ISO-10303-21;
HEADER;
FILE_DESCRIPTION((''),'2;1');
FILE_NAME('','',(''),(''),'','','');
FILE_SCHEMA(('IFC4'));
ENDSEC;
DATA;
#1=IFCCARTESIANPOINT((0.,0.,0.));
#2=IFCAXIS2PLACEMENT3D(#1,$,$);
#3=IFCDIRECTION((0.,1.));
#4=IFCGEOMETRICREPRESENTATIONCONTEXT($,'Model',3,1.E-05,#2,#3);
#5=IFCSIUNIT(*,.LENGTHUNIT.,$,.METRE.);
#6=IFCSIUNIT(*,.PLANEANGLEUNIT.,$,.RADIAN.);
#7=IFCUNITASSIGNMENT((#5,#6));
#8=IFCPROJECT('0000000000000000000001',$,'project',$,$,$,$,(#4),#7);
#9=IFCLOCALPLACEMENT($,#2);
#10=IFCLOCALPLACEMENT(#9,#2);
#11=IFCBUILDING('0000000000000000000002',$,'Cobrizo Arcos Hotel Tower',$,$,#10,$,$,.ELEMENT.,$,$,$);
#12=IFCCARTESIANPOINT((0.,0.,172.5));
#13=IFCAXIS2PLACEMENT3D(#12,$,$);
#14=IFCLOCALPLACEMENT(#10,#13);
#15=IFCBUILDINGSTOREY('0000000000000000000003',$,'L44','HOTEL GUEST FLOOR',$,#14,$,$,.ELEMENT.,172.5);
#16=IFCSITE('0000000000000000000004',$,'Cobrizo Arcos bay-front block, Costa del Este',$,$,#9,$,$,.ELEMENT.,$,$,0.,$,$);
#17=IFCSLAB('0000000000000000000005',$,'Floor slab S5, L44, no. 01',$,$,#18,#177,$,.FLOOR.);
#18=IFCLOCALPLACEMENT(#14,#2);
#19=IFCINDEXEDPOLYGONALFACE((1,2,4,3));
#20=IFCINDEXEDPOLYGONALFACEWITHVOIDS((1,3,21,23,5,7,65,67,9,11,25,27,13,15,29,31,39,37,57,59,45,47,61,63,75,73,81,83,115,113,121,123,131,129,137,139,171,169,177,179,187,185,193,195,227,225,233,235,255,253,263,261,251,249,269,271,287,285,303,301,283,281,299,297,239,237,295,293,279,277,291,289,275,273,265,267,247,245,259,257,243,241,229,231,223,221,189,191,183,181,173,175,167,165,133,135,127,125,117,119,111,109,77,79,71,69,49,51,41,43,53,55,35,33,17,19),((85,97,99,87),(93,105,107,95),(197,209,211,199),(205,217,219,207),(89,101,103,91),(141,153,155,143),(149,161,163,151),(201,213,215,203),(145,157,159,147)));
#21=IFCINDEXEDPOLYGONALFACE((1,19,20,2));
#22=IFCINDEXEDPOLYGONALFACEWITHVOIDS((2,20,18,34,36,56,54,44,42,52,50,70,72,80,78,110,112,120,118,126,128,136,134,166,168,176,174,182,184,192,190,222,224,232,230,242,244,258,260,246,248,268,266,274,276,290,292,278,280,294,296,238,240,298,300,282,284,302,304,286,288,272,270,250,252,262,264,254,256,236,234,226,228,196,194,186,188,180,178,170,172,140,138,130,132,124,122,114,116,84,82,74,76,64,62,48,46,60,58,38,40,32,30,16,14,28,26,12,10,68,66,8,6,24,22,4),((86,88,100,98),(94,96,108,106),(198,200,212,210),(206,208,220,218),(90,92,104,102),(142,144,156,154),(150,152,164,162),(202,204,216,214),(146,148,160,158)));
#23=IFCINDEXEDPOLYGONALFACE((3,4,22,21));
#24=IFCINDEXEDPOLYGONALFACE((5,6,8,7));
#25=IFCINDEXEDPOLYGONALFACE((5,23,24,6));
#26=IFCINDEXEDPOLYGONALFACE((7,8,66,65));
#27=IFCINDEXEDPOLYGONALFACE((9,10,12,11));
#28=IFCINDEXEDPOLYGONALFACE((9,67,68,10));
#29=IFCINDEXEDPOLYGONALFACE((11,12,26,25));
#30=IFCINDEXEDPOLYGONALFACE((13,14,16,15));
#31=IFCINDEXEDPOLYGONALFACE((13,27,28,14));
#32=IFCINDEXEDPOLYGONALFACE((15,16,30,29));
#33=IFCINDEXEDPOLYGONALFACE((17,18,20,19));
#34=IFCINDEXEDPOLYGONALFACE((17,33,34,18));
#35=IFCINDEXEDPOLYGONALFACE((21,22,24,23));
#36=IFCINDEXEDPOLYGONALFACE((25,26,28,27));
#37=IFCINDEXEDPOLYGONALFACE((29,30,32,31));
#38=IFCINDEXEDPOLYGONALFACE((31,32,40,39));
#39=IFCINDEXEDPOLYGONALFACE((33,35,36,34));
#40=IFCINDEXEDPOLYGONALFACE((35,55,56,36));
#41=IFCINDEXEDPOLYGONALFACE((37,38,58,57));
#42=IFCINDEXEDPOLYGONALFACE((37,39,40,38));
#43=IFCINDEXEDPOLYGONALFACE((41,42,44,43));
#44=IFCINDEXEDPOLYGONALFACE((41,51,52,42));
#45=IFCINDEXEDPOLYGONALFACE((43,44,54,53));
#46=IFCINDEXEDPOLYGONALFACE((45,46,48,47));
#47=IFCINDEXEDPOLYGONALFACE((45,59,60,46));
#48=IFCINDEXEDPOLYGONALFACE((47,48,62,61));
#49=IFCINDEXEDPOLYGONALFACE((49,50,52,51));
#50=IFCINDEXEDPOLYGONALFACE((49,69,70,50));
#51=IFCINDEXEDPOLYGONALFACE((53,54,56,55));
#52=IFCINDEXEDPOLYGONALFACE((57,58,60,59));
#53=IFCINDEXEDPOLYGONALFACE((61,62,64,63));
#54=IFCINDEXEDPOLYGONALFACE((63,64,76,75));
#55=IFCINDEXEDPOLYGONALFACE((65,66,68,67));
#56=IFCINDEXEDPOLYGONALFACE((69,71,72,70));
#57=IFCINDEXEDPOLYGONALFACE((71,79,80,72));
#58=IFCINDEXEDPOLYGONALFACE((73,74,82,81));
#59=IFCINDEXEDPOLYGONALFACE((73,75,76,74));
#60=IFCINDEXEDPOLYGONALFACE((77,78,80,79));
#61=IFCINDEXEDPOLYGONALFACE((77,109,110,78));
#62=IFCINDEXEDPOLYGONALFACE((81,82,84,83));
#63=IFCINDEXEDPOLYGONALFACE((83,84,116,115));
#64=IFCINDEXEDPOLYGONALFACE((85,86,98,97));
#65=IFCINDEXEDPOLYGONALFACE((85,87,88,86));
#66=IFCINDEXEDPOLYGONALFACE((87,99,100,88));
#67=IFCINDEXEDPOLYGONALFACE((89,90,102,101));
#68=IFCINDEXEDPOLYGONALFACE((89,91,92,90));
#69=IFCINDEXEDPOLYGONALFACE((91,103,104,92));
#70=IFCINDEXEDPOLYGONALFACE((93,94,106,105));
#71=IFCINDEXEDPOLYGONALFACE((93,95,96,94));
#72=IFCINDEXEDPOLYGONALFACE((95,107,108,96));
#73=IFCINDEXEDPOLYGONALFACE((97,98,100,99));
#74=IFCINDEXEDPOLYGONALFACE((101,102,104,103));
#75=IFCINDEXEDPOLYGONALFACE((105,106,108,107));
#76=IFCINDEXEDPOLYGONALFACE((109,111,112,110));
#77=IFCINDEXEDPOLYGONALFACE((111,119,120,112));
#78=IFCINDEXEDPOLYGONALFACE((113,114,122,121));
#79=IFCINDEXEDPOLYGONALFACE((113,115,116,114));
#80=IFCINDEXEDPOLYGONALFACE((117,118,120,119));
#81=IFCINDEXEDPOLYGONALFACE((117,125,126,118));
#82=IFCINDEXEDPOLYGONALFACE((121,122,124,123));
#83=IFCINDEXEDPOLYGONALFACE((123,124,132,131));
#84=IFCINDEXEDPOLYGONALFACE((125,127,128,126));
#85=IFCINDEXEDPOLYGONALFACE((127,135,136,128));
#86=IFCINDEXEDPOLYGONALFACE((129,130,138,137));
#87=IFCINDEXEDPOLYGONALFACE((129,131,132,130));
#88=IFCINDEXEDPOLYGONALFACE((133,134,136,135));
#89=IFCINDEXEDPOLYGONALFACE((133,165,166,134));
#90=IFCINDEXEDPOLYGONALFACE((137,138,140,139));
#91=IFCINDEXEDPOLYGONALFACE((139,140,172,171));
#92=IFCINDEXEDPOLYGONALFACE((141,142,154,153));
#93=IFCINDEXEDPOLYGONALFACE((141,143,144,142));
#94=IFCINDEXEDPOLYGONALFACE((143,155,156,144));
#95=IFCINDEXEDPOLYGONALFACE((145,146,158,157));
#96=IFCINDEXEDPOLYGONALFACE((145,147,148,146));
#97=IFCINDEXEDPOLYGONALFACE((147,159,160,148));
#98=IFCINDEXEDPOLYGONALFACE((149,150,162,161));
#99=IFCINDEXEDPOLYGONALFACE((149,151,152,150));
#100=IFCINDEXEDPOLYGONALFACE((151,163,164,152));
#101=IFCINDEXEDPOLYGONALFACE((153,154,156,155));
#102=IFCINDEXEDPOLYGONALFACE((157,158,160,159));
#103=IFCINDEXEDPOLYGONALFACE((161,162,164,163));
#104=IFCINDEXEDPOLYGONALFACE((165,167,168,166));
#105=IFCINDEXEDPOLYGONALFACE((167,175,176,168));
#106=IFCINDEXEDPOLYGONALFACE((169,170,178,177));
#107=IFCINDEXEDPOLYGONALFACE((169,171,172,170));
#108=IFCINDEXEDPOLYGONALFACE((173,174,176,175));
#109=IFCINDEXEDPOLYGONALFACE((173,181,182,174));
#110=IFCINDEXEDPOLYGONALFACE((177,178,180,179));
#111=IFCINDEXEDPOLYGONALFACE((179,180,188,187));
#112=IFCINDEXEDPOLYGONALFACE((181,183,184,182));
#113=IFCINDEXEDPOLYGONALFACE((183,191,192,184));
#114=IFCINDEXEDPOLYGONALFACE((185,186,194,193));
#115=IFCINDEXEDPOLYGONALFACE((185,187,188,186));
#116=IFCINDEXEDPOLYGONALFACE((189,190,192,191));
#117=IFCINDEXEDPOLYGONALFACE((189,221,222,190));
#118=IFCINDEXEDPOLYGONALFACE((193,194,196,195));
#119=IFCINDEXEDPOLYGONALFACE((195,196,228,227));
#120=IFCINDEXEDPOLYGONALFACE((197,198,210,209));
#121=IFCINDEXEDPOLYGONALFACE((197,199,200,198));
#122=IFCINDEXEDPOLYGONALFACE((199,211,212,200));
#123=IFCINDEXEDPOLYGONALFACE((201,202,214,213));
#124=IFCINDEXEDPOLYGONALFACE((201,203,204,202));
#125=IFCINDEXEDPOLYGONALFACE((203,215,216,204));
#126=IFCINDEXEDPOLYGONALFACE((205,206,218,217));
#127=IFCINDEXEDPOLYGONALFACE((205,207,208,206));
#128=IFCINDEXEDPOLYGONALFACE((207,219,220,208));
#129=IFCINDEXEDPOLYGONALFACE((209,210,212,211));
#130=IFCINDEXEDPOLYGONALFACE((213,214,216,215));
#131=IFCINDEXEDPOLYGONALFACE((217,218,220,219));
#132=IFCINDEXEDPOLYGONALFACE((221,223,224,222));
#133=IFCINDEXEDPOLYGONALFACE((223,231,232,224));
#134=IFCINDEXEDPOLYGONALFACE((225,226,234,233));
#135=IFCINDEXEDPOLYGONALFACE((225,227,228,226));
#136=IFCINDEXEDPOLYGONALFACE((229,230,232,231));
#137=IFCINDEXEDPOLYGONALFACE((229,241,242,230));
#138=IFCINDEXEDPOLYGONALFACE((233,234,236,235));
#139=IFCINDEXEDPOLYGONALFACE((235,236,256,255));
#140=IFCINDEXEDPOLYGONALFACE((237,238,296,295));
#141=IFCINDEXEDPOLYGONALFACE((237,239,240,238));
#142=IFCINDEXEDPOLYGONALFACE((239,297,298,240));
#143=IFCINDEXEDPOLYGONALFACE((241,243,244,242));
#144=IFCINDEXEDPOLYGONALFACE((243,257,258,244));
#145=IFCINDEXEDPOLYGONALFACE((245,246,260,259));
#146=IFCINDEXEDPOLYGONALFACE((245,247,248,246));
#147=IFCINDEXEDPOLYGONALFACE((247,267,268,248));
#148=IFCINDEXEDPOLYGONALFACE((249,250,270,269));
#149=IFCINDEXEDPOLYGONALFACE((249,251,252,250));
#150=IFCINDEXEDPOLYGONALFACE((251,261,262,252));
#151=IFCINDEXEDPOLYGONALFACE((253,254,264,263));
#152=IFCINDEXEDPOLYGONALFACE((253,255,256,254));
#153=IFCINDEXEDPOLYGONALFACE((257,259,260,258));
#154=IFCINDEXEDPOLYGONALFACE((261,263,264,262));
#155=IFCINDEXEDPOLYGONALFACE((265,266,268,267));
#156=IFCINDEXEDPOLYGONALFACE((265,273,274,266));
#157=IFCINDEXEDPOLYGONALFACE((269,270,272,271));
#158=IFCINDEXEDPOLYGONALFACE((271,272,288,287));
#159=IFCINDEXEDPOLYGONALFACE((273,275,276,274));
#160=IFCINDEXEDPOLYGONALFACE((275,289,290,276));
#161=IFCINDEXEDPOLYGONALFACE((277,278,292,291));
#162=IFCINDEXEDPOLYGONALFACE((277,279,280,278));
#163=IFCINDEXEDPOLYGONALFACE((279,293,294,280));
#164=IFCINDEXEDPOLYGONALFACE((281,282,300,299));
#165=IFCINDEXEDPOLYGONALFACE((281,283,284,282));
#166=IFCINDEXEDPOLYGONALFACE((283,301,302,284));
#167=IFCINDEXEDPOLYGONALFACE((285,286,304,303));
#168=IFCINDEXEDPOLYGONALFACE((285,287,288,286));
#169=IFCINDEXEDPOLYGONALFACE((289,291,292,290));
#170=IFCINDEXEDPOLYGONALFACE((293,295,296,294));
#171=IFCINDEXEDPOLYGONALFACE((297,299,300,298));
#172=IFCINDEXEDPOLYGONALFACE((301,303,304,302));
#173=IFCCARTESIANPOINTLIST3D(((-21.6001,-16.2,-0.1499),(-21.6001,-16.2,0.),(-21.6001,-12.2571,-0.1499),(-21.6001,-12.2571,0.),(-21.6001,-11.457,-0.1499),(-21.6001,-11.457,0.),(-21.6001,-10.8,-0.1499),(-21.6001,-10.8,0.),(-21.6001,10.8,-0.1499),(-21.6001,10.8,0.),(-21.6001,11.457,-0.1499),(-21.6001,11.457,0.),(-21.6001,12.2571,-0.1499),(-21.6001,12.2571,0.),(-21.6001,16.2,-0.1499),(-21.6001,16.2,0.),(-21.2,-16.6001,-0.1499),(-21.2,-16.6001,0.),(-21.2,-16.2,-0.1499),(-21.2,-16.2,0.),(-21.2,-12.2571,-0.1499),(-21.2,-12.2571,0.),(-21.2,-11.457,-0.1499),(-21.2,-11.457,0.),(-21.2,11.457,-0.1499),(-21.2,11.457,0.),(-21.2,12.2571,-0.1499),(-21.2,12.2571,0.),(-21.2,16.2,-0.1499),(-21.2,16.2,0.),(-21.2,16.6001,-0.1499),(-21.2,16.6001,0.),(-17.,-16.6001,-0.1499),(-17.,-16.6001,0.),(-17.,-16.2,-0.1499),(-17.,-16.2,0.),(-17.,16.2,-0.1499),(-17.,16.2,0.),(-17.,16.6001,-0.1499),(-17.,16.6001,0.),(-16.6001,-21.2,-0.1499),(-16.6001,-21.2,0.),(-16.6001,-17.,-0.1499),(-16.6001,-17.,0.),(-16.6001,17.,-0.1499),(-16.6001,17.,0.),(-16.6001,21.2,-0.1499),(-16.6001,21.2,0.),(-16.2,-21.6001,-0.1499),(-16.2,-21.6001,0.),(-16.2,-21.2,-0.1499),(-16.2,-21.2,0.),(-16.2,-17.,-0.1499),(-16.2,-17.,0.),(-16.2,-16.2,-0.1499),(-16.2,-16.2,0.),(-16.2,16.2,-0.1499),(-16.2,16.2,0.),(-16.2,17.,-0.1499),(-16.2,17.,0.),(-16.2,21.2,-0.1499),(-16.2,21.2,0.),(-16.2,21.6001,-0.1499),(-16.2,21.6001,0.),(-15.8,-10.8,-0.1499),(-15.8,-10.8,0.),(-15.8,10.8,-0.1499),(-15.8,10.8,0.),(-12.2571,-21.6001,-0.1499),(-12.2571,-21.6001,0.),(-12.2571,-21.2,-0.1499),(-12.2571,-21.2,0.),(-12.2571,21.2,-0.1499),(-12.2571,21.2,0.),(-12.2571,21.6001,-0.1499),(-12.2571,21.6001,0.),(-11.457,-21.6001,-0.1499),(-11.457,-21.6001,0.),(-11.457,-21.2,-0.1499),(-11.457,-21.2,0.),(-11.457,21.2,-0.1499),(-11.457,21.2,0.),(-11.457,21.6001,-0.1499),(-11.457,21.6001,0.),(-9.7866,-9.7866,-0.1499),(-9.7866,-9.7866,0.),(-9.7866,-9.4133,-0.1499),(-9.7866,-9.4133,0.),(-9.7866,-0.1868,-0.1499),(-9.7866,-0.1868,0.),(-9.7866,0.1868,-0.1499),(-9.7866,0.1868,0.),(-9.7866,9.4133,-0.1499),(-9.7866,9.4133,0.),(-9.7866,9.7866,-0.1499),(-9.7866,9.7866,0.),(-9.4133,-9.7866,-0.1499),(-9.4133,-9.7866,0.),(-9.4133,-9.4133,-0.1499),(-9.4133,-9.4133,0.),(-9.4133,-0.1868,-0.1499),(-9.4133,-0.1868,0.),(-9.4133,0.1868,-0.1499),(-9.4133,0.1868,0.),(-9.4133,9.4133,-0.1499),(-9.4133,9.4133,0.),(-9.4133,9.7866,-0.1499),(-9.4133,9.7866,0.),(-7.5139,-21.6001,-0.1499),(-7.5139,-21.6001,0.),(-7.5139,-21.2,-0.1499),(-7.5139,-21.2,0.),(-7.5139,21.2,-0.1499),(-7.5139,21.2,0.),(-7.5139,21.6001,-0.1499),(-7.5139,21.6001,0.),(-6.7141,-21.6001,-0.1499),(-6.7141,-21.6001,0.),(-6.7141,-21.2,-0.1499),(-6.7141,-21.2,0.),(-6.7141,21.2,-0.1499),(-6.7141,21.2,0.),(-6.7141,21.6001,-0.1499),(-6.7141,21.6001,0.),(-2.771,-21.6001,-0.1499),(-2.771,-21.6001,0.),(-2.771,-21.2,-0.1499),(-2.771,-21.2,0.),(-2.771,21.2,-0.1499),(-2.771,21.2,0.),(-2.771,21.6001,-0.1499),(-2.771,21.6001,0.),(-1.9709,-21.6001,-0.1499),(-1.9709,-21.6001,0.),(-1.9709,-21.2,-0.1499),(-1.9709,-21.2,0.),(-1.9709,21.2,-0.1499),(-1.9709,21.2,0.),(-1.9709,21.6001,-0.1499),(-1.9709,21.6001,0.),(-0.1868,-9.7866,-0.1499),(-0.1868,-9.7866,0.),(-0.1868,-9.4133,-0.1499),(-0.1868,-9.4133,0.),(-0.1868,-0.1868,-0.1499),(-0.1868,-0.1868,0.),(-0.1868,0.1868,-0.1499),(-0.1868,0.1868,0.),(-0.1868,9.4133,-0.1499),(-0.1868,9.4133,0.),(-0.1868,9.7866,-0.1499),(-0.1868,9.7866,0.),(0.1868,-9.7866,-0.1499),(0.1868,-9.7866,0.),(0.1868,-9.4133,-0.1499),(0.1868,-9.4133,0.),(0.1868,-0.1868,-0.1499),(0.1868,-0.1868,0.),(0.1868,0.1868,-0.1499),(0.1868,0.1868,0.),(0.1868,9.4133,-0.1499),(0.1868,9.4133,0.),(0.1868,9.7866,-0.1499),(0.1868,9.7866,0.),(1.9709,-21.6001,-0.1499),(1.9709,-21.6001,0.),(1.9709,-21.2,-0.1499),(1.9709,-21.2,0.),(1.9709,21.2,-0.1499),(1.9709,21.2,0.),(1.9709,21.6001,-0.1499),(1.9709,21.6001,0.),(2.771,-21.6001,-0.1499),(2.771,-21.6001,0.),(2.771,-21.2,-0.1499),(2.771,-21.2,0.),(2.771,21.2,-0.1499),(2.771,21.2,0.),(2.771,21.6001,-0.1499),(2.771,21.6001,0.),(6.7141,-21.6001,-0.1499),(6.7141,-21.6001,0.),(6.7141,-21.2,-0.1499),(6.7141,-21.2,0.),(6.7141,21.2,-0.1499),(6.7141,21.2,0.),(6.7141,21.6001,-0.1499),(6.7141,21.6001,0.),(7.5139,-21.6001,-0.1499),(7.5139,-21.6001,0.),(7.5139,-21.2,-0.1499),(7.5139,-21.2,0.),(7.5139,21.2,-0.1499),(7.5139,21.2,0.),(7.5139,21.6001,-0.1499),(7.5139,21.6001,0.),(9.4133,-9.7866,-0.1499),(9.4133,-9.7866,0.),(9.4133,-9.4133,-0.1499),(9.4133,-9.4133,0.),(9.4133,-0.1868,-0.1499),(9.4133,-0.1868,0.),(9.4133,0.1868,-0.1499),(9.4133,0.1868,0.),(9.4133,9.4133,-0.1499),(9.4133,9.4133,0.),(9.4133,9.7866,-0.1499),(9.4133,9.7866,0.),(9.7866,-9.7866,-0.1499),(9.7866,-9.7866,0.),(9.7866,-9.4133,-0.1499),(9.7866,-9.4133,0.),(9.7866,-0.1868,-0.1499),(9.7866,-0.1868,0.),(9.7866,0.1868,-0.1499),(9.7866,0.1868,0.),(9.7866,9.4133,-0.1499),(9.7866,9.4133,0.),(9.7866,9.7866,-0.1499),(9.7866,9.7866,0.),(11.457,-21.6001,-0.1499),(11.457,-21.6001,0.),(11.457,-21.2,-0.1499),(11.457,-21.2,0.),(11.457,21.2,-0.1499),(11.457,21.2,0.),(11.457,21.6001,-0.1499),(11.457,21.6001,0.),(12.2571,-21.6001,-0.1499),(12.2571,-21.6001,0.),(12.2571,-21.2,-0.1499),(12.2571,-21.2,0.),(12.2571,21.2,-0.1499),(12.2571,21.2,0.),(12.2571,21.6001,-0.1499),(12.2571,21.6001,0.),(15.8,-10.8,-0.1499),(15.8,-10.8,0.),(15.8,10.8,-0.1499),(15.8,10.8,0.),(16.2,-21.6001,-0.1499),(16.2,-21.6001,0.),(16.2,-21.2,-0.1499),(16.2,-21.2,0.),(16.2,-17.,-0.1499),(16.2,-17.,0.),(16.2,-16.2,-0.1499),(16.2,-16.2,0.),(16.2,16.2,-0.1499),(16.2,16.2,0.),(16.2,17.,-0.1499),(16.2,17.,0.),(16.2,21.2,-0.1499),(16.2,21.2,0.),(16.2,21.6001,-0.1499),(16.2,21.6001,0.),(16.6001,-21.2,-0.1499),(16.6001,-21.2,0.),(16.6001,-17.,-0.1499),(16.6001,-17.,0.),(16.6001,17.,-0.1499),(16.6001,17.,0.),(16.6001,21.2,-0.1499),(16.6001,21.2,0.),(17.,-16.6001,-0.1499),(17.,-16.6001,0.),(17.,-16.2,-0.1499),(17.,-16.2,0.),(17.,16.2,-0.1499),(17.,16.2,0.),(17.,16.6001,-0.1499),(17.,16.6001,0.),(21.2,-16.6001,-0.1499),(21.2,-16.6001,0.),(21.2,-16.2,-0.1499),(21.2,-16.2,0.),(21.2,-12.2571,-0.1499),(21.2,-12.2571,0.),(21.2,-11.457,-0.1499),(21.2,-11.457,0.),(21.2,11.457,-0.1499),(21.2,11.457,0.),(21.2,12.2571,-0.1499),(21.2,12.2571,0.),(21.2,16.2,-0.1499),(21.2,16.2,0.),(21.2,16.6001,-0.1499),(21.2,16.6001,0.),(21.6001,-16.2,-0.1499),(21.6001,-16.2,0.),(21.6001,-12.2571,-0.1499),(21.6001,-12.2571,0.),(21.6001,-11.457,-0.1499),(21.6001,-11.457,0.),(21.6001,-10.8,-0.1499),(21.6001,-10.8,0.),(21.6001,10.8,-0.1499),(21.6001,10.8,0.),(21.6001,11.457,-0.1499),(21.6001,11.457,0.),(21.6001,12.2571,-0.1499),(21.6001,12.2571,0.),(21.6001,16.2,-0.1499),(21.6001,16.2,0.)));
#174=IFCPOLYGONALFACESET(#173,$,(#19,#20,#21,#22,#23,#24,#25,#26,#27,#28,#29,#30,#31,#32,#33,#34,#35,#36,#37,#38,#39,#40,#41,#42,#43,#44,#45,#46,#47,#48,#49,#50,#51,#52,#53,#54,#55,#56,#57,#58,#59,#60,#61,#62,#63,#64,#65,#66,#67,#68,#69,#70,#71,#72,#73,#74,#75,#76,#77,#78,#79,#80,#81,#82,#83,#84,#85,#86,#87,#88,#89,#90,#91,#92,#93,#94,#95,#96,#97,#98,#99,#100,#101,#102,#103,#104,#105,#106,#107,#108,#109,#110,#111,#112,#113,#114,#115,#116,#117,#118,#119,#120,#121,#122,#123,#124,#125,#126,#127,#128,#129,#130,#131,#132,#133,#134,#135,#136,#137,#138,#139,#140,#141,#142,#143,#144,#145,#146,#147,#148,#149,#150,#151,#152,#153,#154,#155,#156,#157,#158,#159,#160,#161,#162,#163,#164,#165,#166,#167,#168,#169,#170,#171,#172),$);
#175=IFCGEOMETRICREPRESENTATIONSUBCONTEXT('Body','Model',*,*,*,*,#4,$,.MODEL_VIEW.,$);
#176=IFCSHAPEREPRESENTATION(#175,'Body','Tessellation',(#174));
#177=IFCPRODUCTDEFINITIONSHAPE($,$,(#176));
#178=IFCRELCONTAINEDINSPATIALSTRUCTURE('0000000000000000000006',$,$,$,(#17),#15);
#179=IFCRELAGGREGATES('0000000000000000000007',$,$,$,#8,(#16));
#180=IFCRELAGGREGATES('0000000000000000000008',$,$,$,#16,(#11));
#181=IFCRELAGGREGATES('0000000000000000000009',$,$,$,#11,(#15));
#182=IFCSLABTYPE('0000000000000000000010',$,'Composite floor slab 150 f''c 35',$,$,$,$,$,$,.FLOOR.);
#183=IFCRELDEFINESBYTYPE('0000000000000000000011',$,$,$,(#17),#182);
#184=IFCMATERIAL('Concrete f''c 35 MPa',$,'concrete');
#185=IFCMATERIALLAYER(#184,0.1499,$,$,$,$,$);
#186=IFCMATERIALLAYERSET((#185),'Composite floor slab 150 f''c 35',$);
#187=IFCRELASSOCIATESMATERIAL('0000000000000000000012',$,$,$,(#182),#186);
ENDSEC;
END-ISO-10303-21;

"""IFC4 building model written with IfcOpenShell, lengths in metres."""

from ifc_helpers import new_model, si_unit, direction, frame, origin, place, context, subcontext, project, spatial, polyline, outline, extrude, material, layer, layer_set, type_object, element, save


model = new_model("IFC4")

# Units and contexts
model_context = context("Model", 3, precision=1e-05, world=origin(), true_north=direction((0.0, 1.0)))
body_context = subcontext(model_context, "Body", "Model", "MODEL_VIEW")
ifc_project = project(units=[si_unit("LENGTHUNIT", "METRE"), si_unit("PLANEANGLEUNIT", "RADIAN")], contexts=[model_context])

# Site, building, storey
site_placement = place(None, origin())
site = spatial("IfcSite", under=ifc_project, at=site_placement, Name="Cobrizo Arcos bay-front block, Costa del Este", CompositionType="ELEMENT", RefElevation=0.0)
building_placement = place(site_placement, origin())
building = spatial("IfcBuilding", under=site, at=building_placement, Name="Cobrizo Arcos Hotel Tower", CompositionType="ELEMENT")
storey_placement = place(building_placement, frame((0.0, 0.0, 172.5)))
storey = spatial("IfcBuildingStorey", under=building, at=storey_placement, Name="L44", Description="HOTEL GUEST FLOOR", CompositionType="ELEMENT", Elevation=172.5)

# Slab
ifc_material_1 = material(Name="Concrete f'c 35 MPa", Category="concrete")
ifc_layer_1 = layer(ifc_material_1, 0.1499)
ifc_layer_set_1 = layer_set([ifc_layer_1], Name="Composite floor slab 150 f'c 35")
slab_type_1 = type_object("IfcSlabType", Name="Composite floor slab 150 f'c 35", PredefinedType="FLOOR", material=ifc_layer_set_1)
slab_1_placement = place(storey_placement, frame((0.0, 0.0, -0.1499)))
element("IfcSlab", 1, at=slab_1_placement, inside=storey, type_object=slab_type_1, Name="Floor slab S5, L44, no. 01", PredefinedType="FLOOR", context=body_context, shape_type="SweptSolid", body=[
    extrude(outline(polyline([(-16.2, -21.6001), (-16.2, -21.2), (-16.6001, -21.2), (-16.6001, -17.0), (-16.2, -17.0), (-16.2, -16.2), (-17.0, -16.2), (-17.0, -16.6001), (-21.2, -16.6001), (-21.2, -16.2), (-21.6001, -16.2), (-21.6001, -12.2571), (-21.2, -12.2571), (-21.2, -11.457), (-21.6001, -11.457), (-21.6001, -10.8), (-15.8, -10.8), (-15.8, 10.8), (-21.6001, 10.8), (-21.6001, 11.457), (-21.2, 11.457), (-21.2, 12.2571), (-21.6001, 12.2571), (-21.6001, 16.2), (-21.2, 16.2), (-21.2, 16.6001), (-17.0, 16.6001), (-17.0, 16.2), (-16.2, 16.2), (-16.2, 17.0), (-16.6001, 17.0), (-16.6001, 21.2), (-16.2, 21.2), (-16.2, 21.6001), (-12.2571, 21.6001), (-12.2571, 21.2), (-11.457, 21.2), (-11.457, 21.6001), (-7.5139, 21.6001), (-7.5139, 21.2), (-6.7141, 21.2), (-6.7141, 21.6001), (-2.771, 21.6001), (-2.771, 21.2), (-1.9709, 21.2), (-1.9709, 21.6001), (1.9709, 21.6001), (1.9709, 21.2), (2.771, 21.2), (2.771, 21.6001), (6.7141, 21.6001), (6.7141, 21.2), (7.5139, 21.2), (7.5139, 21.6001), (11.457, 21.6001), (11.457, 21.2), (12.2571, 21.2), (12.2571, 21.6001), (16.2, 21.6001), (16.2, 21.2), (16.6001, 21.2), (16.6001, 17.0), (16.2, 17.0), (16.2, 16.2), (17.0, 16.2), (17.0, 16.6001), (21.2, 16.6001), (21.2, 16.2), (21.6001, 16.2), (21.6001, 12.2571), (21.2, 12.2571), (21.2, 11.457), (21.6001, 11.457), (21.6001, 10.8), (15.8, 10.8), (15.8, -10.8), (21.6001, -10.8), (21.6001, -11.457), (21.2, -11.457), (21.2, -12.2571), (21.6001, -12.2571), (21.6001, -16.2), (21.2, -16.2), (21.2, -16.6001), (17.0, -16.6001), (17.0, -16.2), (16.2, -16.2), (16.2, -17.0), (16.6001, -17.0), (16.6001, -21.2), (16.2, -21.2), (16.2, -21.6001), (12.2571, -21.6001), (12.2571, -21.2), (11.457, -21.2), (11.457, -21.6001), (7.5139, -21.6001), (7.5139, -21.2), (6.7141, -21.2), (6.7141, -21.6001), (2.771, -21.6001), (2.771, -21.2), (1.9709, -21.2), (1.9709, -21.6001), (-1.9709, -21.6001), (-1.9709, -21.2), (-2.771, -21.2), (-2.771, -21.6001), (-6.7141, -21.6001), (-6.7141, -21.2), (-7.5139, -21.2), (-7.5139, -21.6001), (-11.457, -21.6001), (-11.457, -21.2), (-12.2571, -21.2), (-12.2571, -21.6001), (-16.2, -21.6001)]), holes=[polyline([(-0.1868, -9.7866), (0.1868, -9.7866), (0.1868, -9.4133), (-0.1868, -9.4133), (-0.1868, -9.7866)]), polyline([(-9.7866, -9.7866), (-9.4133, -9.7866), (-9.4133, -9.4133), (-9.7866, -9.4133), (-9.7866, -9.7866)]), polyline([(-9.4133, -0.1868), (-9.4133, 0.1868), (-9.7866, 0.1868), (-9.7866, -0.1868), (-9.4133, -0.1868)]), polyline([(0.1868, -0.1868), (0.1868, 0.1868), (-0.1868, 0.1868), (-0.1868, -0.1868), (0.1868, -0.1868)]), polyline([(-9.7866, 9.4133), (-9.4133, 9.4133), (-9.4133, 9.7866), (-9.7866, 9.7866), (-9.7866, 9.4133)]), polyline([(9.4133, -9.7866), (9.7866, -9.7866), (9.7866, -9.4133), (9.4133, -9.4133), (9.4133, -9.7866)]), polyline([(9.4133, -0.1868), (9.7866, -0.1868), (9.7866, 0.1868), (9.4133, 0.1868), (9.4133, -0.1868)]), polyline([(9.7866, 9.4133), (9.7866, 9.7866), (9.4133, 9.7866), (9.4133, 9.4133), (9.7866, 9.4133)]), polyline([(0.1868, 9.4133), (0.1868, 9.7866), (-0.1868, 9.7866), (-0.1868, 9.4133), (0.1868, 9.4133)])]), origin(), (0.0, 0.0, 1.0), 0.1499),
])

save(model, "model.ifc")
